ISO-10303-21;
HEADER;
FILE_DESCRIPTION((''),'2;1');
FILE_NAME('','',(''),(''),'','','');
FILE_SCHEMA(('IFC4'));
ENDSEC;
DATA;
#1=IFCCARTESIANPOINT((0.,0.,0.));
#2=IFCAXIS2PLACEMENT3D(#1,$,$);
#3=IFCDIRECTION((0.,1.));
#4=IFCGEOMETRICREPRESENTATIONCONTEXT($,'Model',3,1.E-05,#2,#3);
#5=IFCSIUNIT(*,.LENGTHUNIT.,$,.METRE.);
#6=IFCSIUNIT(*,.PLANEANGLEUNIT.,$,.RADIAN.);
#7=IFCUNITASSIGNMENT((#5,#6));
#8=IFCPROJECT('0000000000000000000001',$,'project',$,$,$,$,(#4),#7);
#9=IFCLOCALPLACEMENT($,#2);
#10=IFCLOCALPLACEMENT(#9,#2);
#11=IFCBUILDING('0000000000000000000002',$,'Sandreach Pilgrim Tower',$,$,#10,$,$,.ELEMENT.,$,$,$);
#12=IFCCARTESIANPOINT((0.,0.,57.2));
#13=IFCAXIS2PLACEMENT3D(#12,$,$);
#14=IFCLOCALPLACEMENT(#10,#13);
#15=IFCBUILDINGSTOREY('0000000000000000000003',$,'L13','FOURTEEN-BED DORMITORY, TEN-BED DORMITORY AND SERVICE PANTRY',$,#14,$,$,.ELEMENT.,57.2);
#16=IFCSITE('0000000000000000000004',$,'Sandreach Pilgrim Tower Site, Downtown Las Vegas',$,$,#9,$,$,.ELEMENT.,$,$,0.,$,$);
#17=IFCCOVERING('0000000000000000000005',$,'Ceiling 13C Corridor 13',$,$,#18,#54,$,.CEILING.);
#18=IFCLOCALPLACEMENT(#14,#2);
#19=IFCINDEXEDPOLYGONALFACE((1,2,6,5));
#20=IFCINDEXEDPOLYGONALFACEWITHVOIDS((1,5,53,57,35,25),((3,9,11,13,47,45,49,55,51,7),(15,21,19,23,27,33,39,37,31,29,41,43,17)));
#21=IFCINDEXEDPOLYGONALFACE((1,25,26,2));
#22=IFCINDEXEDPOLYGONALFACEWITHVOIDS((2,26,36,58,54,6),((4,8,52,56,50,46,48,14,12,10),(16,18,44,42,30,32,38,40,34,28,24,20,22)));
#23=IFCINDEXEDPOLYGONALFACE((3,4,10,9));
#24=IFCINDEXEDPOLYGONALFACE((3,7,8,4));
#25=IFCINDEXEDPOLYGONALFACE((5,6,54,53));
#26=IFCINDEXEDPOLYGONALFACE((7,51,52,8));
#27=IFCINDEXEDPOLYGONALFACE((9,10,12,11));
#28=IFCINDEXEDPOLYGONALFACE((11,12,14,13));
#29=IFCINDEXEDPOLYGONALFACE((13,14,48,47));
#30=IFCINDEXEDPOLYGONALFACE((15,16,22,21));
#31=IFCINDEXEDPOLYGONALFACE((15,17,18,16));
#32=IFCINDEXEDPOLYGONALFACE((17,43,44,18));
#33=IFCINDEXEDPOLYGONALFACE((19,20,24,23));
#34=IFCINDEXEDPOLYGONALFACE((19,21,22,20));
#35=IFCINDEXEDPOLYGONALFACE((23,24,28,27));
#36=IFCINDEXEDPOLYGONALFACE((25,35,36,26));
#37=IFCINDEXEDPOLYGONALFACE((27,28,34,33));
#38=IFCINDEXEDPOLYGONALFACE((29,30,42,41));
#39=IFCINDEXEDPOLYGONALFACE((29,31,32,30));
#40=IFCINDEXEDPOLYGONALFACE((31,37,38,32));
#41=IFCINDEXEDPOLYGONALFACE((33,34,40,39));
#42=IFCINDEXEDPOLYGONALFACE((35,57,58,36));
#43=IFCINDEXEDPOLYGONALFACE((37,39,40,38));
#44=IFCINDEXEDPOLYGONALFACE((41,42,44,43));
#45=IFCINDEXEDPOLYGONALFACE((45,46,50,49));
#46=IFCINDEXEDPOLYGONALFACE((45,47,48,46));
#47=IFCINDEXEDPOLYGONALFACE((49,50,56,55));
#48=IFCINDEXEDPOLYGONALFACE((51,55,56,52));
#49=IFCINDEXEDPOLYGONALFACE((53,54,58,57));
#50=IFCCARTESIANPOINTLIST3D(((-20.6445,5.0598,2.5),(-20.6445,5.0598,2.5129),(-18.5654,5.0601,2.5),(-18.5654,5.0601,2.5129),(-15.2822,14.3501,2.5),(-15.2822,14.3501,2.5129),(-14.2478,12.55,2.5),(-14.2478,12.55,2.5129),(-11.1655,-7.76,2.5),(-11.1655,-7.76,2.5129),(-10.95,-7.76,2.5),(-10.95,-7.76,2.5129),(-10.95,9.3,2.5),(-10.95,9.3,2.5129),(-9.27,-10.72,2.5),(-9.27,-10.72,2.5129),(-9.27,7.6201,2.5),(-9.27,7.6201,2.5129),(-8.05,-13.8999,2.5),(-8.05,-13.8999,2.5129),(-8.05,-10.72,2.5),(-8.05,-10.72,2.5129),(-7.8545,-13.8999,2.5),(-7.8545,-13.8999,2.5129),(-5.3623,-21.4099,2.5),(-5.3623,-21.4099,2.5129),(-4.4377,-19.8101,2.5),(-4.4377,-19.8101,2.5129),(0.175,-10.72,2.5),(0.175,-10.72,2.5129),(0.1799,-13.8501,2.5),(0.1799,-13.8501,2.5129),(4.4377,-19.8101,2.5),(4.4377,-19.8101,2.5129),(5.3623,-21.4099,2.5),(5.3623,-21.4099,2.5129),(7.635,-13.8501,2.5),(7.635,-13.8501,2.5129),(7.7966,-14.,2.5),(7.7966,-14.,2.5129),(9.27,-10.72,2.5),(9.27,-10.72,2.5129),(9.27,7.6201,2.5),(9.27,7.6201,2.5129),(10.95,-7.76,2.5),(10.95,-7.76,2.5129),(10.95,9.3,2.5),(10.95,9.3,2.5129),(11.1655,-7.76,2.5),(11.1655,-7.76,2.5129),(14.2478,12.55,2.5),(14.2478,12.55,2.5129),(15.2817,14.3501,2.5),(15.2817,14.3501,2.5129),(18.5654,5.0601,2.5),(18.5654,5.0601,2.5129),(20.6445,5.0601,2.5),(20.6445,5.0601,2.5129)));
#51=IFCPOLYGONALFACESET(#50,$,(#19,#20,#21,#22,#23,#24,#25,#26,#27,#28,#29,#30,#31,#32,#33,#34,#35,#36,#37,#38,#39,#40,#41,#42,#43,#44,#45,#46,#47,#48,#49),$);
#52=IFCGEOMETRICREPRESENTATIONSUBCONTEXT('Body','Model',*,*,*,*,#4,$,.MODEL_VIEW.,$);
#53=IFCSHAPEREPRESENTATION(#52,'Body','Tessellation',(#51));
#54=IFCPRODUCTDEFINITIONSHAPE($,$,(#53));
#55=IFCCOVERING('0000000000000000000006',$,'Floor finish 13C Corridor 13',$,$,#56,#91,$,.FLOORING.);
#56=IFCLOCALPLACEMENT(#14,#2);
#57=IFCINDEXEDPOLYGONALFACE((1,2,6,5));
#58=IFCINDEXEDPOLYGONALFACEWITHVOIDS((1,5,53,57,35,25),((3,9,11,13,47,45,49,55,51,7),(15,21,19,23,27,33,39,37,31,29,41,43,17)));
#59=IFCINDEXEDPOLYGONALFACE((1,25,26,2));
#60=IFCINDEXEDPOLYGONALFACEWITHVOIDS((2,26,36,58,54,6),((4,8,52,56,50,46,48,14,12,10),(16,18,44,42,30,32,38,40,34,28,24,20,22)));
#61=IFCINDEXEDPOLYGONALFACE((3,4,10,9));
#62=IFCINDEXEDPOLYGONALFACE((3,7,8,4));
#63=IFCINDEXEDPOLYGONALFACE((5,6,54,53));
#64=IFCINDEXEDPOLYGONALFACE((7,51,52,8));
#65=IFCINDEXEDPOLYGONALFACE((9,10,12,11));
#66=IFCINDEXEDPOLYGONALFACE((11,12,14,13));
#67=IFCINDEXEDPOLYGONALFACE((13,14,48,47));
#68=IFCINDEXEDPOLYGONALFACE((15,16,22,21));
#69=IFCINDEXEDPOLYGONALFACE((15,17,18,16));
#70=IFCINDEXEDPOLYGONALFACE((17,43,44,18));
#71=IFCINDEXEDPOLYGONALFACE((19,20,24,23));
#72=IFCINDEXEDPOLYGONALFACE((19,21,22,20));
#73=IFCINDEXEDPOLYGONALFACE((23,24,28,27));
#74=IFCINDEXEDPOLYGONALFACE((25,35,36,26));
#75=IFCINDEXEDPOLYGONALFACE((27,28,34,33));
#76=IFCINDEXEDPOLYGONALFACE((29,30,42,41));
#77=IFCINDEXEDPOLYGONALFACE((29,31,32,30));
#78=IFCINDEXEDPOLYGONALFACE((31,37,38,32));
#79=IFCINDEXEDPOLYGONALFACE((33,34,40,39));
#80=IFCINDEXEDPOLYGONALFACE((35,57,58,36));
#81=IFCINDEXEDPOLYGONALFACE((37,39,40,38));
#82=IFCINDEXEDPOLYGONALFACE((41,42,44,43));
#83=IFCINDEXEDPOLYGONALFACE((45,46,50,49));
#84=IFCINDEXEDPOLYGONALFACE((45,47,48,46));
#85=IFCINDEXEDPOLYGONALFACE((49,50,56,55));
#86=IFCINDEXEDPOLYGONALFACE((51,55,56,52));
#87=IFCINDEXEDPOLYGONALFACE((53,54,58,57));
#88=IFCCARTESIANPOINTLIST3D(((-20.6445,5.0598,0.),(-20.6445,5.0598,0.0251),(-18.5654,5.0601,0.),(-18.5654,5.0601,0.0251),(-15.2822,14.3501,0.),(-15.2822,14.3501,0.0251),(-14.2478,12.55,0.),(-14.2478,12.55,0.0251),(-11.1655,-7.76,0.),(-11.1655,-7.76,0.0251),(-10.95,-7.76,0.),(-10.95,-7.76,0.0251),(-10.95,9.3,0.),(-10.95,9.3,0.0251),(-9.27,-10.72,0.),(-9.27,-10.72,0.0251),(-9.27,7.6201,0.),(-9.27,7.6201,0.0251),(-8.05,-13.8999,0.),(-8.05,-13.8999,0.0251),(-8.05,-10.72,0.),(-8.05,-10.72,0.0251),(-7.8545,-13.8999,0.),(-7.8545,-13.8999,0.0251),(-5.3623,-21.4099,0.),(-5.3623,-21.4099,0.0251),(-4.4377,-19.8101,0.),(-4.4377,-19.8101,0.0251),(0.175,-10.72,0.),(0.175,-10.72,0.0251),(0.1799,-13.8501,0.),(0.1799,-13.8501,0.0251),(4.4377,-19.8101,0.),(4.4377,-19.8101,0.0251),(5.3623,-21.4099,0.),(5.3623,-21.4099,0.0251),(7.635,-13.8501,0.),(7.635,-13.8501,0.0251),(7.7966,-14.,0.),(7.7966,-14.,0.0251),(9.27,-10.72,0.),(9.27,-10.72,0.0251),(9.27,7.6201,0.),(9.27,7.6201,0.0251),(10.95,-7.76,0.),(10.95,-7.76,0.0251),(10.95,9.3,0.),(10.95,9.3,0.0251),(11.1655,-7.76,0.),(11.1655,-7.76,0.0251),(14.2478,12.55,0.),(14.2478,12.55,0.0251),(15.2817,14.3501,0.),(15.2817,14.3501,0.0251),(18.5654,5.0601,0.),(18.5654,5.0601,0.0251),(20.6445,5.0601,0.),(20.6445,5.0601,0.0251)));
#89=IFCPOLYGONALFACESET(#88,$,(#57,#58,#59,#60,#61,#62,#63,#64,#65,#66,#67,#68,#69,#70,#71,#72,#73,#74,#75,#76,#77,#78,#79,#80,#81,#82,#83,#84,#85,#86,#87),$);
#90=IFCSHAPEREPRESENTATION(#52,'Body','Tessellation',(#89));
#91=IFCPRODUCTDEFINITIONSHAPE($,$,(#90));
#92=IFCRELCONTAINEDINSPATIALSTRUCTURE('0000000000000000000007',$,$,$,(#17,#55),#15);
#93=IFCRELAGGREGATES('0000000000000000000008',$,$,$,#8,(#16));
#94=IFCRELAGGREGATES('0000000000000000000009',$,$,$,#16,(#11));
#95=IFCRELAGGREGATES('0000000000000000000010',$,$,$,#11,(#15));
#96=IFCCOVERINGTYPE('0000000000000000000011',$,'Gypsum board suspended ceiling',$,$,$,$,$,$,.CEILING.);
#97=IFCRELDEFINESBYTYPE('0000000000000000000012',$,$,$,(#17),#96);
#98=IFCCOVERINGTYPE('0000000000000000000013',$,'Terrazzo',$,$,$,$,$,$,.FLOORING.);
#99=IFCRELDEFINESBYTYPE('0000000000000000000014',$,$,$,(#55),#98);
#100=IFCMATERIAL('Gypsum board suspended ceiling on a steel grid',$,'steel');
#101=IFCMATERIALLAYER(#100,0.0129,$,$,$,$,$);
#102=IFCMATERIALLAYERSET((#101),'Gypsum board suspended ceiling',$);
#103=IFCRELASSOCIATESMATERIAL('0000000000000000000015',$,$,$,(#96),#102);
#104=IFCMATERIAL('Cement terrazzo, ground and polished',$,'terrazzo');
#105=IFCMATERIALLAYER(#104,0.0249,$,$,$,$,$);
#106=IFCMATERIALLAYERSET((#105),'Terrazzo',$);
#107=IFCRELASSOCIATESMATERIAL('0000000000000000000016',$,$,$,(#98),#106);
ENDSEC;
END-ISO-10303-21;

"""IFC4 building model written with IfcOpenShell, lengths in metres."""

from ifc_helpers import new_model, si_unit, direction, frame, origin, place, context, subcontext, project, spatial, polyline, outline, extrude, material, layer, layer_set, type_object, element, save


model = new_model("IFC4")

# Units and contexts
model_context = context("Model", 3, precision=1e-05, world=origin(), true_north=direction((0.0, 1.0)))
body_context = subcontext(model_context, "Body", "Model", "MODEL_VIEW")
ifc_project = project(units=[si_unit("LENGTHUNIT", "METRE"), si_unit("PLANEANGLEUNIT", "RADIAN")], contexts=[model_context])

# Site, building, storey
site_placement = place(None, origin())
site = spatial("IfcSite", under=ifc_project, at=site_placement, Name="Sandreach Pilgrim Tower Site, Downtown Las Vegas", CompositionType="ELEMENT", RefElevation=0.0)
building_placement = place(site_placement, origin())
building = spatial("IfcBuilding", under=site, at=building_placement, Name="Sandreach Pilgrim Tower", CompositionType="ELEMENT")
storey_placement = place(building_placement, frame((0.0, 0.0, 57.2)))
storey = spatial("IfcBuildingStorey", under=building, at=storey_placement, Name="L13", Description="FOURTEEN-BED DORMITORY, TEN-BED DORMITORY AND SERVICE PANTRY", CompositionType="ELEMENT", Elevation=57.2)

# Coverings
ifc_material_1 = material(Name="Gypsum board suspended ceiling on a steel grid", Category="steel")
ifc_layer_1 = layer(ifc_material_1, 0.0129)
ifc_layer_set_1 = layer_set([ifc_layer_1], Name="Gypsum board suspended ceiling")
covering_type_1 = type_object("IfcCoveringType", Name="Gypsum board suspended ceiling", PredefinedType="CEILING", material=ifc_layer_set_1)
covering_1_placement = place(storey_placement, frame((0.0, 0.0, 2.5)))
element("IfcCovering", 1, at=covering_1_placement, inside=storey, type_object=covering_type_1, Name="Ceiling 13C Corridor 13", PredefinedType="CEILING", context=body_context, shape_type="SweptSolid", body=[
    extrude(outline(polyline([(-5.3623, -21.4099), (-20.6445, 5.0598), (-15.2822, 14.3501), (15.2817, 14.3501), (20.6445, 5.0601), (5.3623, -21.4099), (-5.3623, -21.4099)]), holes=[polyline([(-11.1655, -7.76), (-10.95, -7.76), (-10.95, 9.3), (10.95, 9.3), (10.95, -7.76), (11.1655, -7.76), (18.5654, 5.0601), (14.2478, 12.55), (-14.2478, 12.55), (-18.5654, 5.0601), (-11.1655, -7.76)]), polyline([(-8.05, -10.72), (-8.05, -13.8999), (-7.8545, -13.8999), (-4.4377, -19.8101), (4.4377, -19.8101), (7.7966, -14.0), (7.635, -13.8501), (0.1799, -13.8501), (0.175, -10.72), (9.27, -10.72), (9.27, 7.6201), (-9.27, 7.6201), (-9.27, -10.72), (-8.05, -10.72)])]), origin(), (0.0, 0.0, 1.0), 0.0129),
])
ifc_material_2 = material(Name="Cement terrazzo, ground and polished", Category="terrazzo")
ifc_layer_2 = layer(ifc_material_2, 0.0249)
ifc_layer_set_2 = layer_set([ifc_layer_2], Name="Terrazzo")
covering_type_2 = type_object("IfcCoveringType", Name="Terrazzo", PredefinedType="FLOORING", material=ifc_layer_set_2)
covering_2_placement = place(storey_placement, origin())
element("IfcCovering", 2, at=covering_2_placement, inside=storey, type_object=covering_type_2, Name="Floor finish 13C Corridor 13", PredefinedType="FLOORING", context=body_context, shape_type="SweptSolid", body=[
    extrude(outline(polyline([(-5.3623, -21.4099), (-20.6445, 5.0598), (-15.2822, 14.3501), (15.2817, 14.3501), (20.6445, 5.0601), (5.3623, -21.4099), (-5.3623, -21.4099)]), holes=[polyline([(-11.1655, -7.76), (-10.95, -7.76), (-10.95, 9.3), (10.95, 9.3), (10.95, -7.76), (11.1655, -7.76), (18.5654, 5.0601), (14.2478, 12.55), (-14.2478, 12.55), (-18.5654, 5.0601), (-11.1655, -7.76)]), polyline([(-8.05, -10.72), (-8.05, -13.8999), (-7.8545, -13.8999), (-4.4377, -19.8101), (4.4377, -19.8101), (7.7966, -14.0), (7.635, -13.8501), (0.1799, -13.8501), (0.175, -10.72), (9.27, -10.72), (9.27, 7.6201), (-9.27, 7.6201), (-9.27, -10.72), (-8.05, -10.72)])]), origin(), (0.0, 0.0, 1.0), 0.0251),
])

save(model, "model.ifc")
